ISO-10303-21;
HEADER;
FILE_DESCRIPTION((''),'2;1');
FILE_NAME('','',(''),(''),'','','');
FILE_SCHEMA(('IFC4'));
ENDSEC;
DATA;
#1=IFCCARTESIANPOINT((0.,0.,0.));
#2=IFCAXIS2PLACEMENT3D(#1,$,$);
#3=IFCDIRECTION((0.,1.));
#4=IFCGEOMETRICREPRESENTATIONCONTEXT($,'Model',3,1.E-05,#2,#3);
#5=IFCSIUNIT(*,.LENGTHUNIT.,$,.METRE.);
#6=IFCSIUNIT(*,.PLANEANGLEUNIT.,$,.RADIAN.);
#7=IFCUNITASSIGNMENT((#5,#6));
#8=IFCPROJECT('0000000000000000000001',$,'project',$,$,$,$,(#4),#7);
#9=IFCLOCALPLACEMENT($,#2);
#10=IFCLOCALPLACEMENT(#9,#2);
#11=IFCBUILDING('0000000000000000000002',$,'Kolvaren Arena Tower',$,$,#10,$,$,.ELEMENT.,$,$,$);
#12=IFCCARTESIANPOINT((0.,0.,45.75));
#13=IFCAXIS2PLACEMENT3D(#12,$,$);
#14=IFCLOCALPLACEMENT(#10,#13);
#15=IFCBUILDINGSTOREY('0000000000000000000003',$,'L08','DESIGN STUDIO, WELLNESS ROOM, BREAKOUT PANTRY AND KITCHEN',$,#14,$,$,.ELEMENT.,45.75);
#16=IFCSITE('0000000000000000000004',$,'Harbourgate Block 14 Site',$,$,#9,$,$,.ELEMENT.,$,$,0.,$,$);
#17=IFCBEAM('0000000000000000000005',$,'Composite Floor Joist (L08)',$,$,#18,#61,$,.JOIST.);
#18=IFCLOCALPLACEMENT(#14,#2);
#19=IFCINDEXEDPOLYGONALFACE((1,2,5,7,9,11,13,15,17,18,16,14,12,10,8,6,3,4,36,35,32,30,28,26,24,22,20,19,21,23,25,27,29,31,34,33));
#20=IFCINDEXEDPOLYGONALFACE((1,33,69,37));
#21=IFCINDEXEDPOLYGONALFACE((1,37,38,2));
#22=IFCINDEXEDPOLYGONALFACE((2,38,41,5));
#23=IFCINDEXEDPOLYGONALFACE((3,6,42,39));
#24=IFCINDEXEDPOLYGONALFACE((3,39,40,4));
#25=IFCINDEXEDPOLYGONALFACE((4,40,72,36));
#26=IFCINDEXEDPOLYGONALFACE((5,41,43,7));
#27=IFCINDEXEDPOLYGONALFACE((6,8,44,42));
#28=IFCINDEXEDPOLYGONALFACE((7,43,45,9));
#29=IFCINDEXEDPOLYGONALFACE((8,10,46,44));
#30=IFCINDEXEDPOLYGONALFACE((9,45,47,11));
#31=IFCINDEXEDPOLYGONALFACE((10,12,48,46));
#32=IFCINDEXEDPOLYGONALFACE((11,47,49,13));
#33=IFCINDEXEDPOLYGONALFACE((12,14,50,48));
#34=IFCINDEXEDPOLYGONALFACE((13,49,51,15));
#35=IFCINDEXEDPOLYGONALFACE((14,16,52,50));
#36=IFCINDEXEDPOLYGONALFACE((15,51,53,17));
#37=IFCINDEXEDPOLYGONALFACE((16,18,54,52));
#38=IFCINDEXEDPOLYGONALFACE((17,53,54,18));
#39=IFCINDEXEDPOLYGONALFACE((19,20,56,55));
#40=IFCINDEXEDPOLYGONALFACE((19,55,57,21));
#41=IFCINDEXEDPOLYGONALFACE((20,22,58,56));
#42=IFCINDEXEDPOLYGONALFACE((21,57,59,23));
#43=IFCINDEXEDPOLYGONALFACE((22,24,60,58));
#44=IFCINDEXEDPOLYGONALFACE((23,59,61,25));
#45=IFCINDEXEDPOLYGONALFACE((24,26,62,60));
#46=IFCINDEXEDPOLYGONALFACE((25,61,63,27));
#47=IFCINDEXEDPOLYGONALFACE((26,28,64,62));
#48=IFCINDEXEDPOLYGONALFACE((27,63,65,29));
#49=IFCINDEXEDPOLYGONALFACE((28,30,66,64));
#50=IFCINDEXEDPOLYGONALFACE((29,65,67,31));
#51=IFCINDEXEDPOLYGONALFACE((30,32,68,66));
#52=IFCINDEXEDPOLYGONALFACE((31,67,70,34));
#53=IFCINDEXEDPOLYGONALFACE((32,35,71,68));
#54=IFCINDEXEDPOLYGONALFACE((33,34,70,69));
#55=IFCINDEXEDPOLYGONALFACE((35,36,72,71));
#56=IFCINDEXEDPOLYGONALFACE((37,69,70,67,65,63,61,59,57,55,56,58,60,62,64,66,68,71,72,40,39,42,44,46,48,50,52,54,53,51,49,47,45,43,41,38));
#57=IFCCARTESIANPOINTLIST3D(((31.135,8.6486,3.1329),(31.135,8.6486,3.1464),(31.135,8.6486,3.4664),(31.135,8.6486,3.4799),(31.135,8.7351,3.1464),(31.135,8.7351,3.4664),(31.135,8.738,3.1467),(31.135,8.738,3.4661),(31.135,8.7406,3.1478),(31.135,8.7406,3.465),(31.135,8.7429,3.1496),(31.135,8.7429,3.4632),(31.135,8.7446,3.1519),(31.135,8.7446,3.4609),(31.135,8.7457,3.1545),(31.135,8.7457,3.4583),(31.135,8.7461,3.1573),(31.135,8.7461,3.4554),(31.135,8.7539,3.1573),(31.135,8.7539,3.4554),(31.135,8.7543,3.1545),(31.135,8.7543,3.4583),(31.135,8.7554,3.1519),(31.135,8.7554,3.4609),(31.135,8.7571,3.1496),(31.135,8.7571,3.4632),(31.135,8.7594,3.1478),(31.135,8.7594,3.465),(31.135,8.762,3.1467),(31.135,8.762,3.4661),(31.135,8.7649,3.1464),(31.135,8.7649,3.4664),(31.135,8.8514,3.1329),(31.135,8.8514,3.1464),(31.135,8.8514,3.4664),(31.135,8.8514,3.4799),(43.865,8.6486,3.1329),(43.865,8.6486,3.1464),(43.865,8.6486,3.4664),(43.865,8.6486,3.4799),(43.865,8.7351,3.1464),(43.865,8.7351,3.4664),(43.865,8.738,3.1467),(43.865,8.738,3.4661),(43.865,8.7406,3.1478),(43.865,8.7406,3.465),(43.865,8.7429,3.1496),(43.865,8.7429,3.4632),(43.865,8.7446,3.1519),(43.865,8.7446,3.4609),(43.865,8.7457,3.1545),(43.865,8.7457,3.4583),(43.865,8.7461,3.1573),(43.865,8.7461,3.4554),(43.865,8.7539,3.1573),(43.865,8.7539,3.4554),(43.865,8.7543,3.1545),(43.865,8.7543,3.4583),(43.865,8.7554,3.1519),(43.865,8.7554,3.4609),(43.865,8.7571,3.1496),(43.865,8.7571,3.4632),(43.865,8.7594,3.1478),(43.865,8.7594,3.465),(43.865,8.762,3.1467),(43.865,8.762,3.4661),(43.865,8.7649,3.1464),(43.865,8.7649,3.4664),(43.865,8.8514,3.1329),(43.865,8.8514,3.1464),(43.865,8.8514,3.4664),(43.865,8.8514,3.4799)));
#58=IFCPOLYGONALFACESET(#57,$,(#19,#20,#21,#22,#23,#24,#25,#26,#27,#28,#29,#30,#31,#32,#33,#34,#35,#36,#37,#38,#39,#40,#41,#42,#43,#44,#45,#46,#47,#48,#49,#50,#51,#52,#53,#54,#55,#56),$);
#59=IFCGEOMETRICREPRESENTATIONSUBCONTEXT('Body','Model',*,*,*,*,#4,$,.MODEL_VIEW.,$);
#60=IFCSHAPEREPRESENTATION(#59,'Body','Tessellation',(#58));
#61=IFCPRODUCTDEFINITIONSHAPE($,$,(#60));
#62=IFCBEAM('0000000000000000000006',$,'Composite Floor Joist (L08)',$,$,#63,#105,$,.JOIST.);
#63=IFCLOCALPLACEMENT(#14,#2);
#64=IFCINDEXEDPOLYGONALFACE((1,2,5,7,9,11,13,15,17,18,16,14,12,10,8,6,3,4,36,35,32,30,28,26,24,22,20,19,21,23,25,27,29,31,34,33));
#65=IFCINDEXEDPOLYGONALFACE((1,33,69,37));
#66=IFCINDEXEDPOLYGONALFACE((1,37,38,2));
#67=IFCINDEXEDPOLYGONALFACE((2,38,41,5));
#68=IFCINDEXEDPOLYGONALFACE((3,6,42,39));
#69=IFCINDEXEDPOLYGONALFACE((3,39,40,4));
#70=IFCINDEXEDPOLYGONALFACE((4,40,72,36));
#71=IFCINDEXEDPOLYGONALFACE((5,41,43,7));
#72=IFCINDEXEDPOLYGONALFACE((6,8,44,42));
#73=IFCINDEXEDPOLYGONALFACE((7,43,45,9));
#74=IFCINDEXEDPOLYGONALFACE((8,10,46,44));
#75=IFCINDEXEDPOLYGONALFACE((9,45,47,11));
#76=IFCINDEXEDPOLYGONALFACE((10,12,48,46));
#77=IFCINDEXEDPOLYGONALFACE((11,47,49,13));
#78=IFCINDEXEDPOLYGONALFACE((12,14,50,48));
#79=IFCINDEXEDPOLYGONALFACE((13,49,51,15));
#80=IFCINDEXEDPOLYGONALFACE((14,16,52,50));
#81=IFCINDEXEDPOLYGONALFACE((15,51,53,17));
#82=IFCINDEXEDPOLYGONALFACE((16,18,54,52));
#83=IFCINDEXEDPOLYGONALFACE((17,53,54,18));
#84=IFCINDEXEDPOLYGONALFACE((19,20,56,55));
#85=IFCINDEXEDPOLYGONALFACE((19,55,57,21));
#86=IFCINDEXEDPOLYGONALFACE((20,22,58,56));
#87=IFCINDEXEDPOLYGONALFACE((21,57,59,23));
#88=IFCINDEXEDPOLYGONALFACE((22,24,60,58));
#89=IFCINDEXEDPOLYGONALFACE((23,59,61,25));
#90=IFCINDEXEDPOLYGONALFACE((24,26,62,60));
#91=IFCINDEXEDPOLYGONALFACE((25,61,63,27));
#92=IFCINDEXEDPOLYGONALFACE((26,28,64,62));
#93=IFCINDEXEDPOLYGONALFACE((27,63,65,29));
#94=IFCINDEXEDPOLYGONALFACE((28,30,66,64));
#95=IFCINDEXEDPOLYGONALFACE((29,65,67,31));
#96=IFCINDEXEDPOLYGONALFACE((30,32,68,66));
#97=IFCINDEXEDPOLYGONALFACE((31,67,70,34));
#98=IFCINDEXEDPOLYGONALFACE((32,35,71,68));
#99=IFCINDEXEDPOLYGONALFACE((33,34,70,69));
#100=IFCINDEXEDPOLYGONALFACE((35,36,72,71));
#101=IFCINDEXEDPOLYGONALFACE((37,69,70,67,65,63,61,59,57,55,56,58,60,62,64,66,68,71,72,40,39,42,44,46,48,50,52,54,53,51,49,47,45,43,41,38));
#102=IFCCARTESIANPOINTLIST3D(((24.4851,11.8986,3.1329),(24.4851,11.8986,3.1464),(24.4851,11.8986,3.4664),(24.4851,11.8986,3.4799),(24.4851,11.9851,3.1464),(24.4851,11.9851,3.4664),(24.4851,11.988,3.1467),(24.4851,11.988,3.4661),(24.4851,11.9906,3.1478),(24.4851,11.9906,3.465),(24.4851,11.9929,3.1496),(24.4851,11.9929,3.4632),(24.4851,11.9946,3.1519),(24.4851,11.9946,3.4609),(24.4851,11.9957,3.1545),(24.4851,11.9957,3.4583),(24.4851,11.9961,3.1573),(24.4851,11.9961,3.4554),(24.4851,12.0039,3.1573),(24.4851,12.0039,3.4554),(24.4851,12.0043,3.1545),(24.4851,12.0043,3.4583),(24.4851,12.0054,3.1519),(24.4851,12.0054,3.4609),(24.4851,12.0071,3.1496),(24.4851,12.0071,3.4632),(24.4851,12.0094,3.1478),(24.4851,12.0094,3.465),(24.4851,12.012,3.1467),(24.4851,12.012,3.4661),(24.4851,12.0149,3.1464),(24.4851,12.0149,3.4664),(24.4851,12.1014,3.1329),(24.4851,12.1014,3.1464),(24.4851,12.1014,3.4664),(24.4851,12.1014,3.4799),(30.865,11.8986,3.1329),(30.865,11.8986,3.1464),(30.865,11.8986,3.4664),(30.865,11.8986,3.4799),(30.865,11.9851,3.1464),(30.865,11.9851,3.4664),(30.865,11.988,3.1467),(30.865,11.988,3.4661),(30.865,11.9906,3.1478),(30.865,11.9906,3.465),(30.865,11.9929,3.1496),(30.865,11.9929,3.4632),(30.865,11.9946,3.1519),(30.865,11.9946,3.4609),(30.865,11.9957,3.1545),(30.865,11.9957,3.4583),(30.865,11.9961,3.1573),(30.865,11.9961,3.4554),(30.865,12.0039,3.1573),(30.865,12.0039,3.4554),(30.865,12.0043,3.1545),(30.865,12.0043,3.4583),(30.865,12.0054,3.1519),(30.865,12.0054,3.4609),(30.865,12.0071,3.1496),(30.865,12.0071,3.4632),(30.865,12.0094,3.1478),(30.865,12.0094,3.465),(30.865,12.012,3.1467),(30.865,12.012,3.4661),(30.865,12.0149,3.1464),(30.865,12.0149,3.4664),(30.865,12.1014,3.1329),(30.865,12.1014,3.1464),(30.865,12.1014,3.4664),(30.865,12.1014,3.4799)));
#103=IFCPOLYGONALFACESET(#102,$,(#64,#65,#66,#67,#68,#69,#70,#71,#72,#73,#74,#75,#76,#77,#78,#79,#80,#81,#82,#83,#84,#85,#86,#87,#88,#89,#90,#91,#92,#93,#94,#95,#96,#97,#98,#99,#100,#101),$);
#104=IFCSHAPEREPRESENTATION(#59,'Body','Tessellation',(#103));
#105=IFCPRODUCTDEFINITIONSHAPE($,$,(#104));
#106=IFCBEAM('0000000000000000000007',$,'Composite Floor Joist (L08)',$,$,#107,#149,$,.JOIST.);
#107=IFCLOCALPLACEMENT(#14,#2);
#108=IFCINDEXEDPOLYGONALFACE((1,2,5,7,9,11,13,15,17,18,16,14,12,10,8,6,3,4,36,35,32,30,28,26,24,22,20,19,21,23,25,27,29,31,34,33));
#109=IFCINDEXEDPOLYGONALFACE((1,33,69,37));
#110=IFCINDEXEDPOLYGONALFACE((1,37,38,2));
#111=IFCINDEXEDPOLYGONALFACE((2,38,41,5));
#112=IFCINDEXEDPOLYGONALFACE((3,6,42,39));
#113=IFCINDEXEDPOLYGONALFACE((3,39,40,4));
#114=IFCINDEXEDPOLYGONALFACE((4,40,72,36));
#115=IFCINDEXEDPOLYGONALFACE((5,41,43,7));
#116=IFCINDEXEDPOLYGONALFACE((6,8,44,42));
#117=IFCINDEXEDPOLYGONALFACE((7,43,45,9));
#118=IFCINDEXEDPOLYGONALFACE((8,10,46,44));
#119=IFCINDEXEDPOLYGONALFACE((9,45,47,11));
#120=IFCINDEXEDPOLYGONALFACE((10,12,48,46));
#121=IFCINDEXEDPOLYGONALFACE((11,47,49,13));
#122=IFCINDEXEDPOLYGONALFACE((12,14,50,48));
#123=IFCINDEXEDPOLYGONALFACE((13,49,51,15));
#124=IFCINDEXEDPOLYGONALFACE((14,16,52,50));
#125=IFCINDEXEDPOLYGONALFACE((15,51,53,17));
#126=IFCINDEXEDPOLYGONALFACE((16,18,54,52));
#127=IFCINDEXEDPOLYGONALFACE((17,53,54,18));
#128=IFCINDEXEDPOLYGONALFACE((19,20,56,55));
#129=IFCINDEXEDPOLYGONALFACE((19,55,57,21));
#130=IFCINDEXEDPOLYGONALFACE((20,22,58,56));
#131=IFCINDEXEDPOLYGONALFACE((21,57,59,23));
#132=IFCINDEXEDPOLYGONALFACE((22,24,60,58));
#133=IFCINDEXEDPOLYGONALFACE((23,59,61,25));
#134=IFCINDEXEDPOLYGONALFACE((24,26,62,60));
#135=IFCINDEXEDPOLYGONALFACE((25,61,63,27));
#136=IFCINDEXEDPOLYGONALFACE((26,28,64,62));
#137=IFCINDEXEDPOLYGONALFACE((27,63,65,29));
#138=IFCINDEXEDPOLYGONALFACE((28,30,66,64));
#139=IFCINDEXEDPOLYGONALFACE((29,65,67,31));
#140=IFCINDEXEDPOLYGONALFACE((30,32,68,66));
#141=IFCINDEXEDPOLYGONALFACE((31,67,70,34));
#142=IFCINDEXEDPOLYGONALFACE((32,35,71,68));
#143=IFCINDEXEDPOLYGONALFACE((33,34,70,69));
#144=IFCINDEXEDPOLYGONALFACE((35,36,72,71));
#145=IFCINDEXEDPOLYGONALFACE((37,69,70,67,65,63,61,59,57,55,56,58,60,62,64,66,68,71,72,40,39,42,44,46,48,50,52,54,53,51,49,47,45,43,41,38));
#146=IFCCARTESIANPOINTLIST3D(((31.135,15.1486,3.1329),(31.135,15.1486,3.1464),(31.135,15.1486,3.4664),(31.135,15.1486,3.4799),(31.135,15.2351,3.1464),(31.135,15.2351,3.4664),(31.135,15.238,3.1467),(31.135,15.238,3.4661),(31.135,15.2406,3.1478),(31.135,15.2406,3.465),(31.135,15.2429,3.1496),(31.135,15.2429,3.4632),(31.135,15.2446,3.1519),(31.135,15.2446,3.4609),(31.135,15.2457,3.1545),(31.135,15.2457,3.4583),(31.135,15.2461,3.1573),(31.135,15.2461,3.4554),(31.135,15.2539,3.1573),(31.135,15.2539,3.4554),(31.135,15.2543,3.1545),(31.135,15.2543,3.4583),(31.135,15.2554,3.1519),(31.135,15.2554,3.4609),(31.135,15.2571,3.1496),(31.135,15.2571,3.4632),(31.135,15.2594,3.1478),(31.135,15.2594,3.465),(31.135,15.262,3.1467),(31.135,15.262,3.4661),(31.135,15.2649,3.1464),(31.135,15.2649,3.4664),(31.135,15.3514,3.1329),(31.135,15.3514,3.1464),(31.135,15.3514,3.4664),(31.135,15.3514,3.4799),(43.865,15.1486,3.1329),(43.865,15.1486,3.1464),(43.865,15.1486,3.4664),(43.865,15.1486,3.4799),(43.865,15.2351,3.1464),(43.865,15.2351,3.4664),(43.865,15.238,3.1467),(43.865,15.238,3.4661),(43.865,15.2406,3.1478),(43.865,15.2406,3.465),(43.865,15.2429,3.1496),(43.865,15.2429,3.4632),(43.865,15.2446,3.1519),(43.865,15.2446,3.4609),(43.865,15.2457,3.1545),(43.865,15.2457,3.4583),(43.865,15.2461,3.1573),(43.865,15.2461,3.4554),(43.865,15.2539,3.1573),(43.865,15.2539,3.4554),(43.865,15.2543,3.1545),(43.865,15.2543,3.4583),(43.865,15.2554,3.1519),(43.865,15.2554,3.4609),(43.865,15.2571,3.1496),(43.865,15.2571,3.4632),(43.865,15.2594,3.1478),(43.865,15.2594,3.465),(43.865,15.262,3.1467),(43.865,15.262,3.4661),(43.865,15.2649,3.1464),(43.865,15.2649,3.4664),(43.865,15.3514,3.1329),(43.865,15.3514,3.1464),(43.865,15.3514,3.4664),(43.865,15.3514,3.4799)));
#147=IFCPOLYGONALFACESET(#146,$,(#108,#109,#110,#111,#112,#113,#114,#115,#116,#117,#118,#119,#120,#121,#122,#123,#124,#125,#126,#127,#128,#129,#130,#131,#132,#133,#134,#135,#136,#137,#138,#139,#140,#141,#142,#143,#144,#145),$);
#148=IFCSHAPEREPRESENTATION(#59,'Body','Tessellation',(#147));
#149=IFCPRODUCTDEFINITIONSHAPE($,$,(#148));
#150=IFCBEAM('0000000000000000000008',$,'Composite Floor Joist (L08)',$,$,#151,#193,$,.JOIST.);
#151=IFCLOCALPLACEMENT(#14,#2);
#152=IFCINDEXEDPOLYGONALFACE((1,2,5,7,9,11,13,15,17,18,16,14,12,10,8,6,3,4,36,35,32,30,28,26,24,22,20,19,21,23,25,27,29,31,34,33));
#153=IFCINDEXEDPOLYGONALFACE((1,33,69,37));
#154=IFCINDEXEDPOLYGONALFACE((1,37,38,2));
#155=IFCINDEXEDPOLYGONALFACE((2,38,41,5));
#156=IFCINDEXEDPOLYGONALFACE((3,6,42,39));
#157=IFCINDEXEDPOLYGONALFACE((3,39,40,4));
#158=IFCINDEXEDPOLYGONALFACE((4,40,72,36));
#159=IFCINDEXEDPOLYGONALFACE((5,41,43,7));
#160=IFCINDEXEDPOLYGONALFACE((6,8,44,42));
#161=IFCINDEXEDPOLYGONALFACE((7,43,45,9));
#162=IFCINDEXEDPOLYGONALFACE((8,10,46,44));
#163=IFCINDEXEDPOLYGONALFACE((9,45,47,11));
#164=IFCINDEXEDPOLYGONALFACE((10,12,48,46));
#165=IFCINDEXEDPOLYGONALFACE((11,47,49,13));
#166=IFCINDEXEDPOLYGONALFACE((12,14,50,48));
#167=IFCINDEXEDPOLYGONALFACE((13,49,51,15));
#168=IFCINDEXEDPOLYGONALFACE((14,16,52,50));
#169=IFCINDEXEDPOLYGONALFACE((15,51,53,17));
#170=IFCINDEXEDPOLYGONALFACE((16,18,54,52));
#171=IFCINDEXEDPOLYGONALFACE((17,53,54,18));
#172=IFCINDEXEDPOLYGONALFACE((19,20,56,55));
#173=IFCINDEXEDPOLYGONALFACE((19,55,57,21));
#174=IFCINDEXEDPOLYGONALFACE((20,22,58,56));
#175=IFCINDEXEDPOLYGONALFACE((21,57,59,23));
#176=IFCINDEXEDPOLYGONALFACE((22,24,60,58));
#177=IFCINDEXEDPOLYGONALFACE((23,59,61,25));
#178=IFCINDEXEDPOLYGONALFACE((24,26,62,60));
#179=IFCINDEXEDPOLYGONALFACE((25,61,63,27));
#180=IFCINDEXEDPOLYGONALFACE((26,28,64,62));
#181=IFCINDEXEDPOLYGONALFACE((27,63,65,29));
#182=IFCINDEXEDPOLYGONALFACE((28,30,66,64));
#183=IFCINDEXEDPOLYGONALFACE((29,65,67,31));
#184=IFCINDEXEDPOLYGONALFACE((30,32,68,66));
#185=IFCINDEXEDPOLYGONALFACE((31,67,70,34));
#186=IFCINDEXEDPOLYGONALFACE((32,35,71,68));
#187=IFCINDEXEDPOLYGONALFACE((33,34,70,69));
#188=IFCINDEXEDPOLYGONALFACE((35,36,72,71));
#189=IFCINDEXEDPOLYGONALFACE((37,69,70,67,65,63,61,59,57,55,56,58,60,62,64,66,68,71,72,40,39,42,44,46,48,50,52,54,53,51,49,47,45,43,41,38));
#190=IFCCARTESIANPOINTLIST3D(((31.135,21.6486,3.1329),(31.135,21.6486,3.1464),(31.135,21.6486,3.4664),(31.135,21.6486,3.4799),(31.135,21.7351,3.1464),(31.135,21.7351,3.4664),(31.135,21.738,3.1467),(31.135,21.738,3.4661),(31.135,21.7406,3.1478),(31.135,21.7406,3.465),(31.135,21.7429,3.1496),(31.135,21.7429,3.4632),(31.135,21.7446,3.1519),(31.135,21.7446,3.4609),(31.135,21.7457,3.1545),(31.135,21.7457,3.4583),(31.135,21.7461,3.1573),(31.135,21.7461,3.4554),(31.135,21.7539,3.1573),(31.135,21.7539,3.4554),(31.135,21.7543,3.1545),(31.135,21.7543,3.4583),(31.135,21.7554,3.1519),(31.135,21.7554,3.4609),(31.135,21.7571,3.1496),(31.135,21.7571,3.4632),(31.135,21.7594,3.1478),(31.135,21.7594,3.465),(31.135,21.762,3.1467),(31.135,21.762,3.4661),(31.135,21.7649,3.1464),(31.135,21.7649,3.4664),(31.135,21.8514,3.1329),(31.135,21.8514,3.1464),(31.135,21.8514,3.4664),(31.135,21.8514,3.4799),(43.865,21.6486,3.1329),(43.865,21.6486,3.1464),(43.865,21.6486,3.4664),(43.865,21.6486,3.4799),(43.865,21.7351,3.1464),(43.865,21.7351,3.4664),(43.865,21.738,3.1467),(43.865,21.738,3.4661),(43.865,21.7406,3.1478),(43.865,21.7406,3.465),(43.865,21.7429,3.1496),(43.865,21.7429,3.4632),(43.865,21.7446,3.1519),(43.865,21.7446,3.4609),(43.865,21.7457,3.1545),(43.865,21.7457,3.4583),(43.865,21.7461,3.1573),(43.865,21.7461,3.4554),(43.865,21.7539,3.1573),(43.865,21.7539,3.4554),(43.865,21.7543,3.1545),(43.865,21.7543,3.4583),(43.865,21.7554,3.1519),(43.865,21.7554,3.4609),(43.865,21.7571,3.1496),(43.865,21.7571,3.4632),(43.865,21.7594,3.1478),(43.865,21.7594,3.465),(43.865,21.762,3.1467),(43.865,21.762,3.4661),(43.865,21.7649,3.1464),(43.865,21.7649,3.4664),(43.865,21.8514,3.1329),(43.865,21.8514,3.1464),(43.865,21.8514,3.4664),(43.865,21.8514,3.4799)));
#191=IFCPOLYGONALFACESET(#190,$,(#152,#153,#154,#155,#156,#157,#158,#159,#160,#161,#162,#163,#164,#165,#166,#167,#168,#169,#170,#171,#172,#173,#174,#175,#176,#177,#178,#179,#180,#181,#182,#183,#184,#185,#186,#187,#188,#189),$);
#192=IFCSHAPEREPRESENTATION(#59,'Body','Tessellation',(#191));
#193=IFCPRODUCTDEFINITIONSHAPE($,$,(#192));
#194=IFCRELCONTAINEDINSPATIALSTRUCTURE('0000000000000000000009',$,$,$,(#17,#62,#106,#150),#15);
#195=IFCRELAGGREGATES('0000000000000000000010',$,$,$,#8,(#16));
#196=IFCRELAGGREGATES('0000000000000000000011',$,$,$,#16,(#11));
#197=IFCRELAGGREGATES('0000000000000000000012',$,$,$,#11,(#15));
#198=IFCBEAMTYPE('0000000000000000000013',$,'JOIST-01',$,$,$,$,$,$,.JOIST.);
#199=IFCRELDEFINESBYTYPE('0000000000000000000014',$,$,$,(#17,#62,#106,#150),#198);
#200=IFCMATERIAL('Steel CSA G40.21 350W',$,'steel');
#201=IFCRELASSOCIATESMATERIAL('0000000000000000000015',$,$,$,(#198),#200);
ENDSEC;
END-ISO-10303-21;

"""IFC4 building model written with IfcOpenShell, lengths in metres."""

from ifc_helpers import new_model, si_unit, direction, frame, origin, origin_2d, place, context, subcontext, project, spatial, i_section, extrude, material, material_profile, profile_set, type_object, element, save


model = new_model("IFC4")

# Units and contexts
model_context = context("Model", 3, precision=1e-05, world=origin(), true_north=direction((0.0, 1.0)))
body_context = subcontext(model_context, "Body", "Model", "MODEL_VIEW")
ifc_project = project(units=[si_unit("LENGTHUNIT", "METRE"), si_unit("PLANEANGLEUNIT", "RADIAN")], contexts=[model_context])

# Site, building, storey
site_placement = place(None, origin())
site = spatial("IfcSite", under=ifc_project, at=site_placement, Name="Harbourgate Block 14 Site", CompositionType="ELEMENT", RefElevation=0.0)
building_placement = place(site_placement, origin())
building = spatial("IfcBuilding", under=site, at=building_placement, Name="Kolvaren Arena Tower", CompositionType="ELEMENT")
storey_placement = place(building_placement, frame((0.0, 0.0, 45.75)))
storey = spatial("IfcBuildingStorey", under=building, at=storey_placement, Name="L08", Description="DESIGN STUDIO, WELLNESS ROOM, BREAKOUT PANTRY AND KITCHEN", CompositionType="ELEMENT", Elevation=45.75)

# Beams
ifc_material_1 = material(Name="Steel CSA G40.21 350W", Category="steel")
ifc_material_profile_1 = material_profile(ifc_material_1, i_section(OverallWidth=0.2029, OverallDepth=0.3469, WebThickness=0.0078, FlangeThickness=0.0134, FilletRadius=0.011, at=origin_2d()), Name="W360x64")
ifc_profile_set_1 = profile_set([ifc_material_profile_1], Name="Steel CSA G40.21 350W")
beam_type_1 = type_object("IfcBeamType", Name="JOIST-01", PredefinedType="JOIST", material=ifc_profile_set_1)
beam_1_placement = place(storey_placement, frame((31.135, 8.75, 3.3064), z_axis=(1.0, 0.0, 0.0), x_axis=(0.0, 1.0, 0.0)))
element("IfcBeam", 1, at=beam_1_placement, inside=storey, type_object=beam_type_1, Name="Composite Floor Joist (L08)", PredefinedType="JOIST", context=body_context, shape_type="SweptSolid", body=[
    extrude(i_section(OverallWidth=0.2029, OverallDepth=0.3469, WebThickness=0.0078, FlangeThickness=0.0134, FilletRadius=0.011, at=origin_2d()), origin(), (0.0, 0.0, 1.0), 12.73),
])
beam_2_placement = place(storey_placement, frame((24.4851, 12.0, 3.3064), z_axis=(1.0, 0.0, 0.0), x_axis=(0.0, 1.0, 0.0)))
element("IfcBeam", 2, at=beam_2_placement, inside=storey, type_object=beam_type_1, Name="Composite Floor Joist (L08)", PredefinedType="JOIST", context=body_context, shape_type="SweptSolid", body=[
    extrude(i_section(OverallWidth=0.2029, OverallDepth=0.3469, WebThickness=0.0078, FlangeThickness=0.0134, FilletRadius=0.011, at=origin_2d()), origin(), (0.0, 0.0, 1.0), 6.3799),
])
for number, where, z_axis, x_axis, name in (
    (3, (31.135, 15.25, 3.3064), (1.0, 0.0, 0.0), (0.0, 1.0, 0.0), "Composite Floor Joist (L08)"),
    (4, (31.135, 21.75, 3.3064), (1.0, 0.0, 0.0), (0.0, 1.0, 0.0), "Composite Floor Joist (L08)"),
):
    element("IfcBeam", number, at=place(storey_placement, frame(where, z_axis=z_axis, x_axis=x_axis)), inside=storey, type_object=beam_type_1, Name=name, PredefinedType="JOIST", context=body_context, shape_type="SweptSolid", body=[
        extrude(i_section(OverallWidth=0.2029, OverallDepth=0.3469, WebThickness=0.0078, FlangeThickness=0.0134, FilletRadius=0.011, at=origin_2d()), origin(), (0.0, 0.0, 1.0), 12.73),
    ])

save(model, "model.ifc")
